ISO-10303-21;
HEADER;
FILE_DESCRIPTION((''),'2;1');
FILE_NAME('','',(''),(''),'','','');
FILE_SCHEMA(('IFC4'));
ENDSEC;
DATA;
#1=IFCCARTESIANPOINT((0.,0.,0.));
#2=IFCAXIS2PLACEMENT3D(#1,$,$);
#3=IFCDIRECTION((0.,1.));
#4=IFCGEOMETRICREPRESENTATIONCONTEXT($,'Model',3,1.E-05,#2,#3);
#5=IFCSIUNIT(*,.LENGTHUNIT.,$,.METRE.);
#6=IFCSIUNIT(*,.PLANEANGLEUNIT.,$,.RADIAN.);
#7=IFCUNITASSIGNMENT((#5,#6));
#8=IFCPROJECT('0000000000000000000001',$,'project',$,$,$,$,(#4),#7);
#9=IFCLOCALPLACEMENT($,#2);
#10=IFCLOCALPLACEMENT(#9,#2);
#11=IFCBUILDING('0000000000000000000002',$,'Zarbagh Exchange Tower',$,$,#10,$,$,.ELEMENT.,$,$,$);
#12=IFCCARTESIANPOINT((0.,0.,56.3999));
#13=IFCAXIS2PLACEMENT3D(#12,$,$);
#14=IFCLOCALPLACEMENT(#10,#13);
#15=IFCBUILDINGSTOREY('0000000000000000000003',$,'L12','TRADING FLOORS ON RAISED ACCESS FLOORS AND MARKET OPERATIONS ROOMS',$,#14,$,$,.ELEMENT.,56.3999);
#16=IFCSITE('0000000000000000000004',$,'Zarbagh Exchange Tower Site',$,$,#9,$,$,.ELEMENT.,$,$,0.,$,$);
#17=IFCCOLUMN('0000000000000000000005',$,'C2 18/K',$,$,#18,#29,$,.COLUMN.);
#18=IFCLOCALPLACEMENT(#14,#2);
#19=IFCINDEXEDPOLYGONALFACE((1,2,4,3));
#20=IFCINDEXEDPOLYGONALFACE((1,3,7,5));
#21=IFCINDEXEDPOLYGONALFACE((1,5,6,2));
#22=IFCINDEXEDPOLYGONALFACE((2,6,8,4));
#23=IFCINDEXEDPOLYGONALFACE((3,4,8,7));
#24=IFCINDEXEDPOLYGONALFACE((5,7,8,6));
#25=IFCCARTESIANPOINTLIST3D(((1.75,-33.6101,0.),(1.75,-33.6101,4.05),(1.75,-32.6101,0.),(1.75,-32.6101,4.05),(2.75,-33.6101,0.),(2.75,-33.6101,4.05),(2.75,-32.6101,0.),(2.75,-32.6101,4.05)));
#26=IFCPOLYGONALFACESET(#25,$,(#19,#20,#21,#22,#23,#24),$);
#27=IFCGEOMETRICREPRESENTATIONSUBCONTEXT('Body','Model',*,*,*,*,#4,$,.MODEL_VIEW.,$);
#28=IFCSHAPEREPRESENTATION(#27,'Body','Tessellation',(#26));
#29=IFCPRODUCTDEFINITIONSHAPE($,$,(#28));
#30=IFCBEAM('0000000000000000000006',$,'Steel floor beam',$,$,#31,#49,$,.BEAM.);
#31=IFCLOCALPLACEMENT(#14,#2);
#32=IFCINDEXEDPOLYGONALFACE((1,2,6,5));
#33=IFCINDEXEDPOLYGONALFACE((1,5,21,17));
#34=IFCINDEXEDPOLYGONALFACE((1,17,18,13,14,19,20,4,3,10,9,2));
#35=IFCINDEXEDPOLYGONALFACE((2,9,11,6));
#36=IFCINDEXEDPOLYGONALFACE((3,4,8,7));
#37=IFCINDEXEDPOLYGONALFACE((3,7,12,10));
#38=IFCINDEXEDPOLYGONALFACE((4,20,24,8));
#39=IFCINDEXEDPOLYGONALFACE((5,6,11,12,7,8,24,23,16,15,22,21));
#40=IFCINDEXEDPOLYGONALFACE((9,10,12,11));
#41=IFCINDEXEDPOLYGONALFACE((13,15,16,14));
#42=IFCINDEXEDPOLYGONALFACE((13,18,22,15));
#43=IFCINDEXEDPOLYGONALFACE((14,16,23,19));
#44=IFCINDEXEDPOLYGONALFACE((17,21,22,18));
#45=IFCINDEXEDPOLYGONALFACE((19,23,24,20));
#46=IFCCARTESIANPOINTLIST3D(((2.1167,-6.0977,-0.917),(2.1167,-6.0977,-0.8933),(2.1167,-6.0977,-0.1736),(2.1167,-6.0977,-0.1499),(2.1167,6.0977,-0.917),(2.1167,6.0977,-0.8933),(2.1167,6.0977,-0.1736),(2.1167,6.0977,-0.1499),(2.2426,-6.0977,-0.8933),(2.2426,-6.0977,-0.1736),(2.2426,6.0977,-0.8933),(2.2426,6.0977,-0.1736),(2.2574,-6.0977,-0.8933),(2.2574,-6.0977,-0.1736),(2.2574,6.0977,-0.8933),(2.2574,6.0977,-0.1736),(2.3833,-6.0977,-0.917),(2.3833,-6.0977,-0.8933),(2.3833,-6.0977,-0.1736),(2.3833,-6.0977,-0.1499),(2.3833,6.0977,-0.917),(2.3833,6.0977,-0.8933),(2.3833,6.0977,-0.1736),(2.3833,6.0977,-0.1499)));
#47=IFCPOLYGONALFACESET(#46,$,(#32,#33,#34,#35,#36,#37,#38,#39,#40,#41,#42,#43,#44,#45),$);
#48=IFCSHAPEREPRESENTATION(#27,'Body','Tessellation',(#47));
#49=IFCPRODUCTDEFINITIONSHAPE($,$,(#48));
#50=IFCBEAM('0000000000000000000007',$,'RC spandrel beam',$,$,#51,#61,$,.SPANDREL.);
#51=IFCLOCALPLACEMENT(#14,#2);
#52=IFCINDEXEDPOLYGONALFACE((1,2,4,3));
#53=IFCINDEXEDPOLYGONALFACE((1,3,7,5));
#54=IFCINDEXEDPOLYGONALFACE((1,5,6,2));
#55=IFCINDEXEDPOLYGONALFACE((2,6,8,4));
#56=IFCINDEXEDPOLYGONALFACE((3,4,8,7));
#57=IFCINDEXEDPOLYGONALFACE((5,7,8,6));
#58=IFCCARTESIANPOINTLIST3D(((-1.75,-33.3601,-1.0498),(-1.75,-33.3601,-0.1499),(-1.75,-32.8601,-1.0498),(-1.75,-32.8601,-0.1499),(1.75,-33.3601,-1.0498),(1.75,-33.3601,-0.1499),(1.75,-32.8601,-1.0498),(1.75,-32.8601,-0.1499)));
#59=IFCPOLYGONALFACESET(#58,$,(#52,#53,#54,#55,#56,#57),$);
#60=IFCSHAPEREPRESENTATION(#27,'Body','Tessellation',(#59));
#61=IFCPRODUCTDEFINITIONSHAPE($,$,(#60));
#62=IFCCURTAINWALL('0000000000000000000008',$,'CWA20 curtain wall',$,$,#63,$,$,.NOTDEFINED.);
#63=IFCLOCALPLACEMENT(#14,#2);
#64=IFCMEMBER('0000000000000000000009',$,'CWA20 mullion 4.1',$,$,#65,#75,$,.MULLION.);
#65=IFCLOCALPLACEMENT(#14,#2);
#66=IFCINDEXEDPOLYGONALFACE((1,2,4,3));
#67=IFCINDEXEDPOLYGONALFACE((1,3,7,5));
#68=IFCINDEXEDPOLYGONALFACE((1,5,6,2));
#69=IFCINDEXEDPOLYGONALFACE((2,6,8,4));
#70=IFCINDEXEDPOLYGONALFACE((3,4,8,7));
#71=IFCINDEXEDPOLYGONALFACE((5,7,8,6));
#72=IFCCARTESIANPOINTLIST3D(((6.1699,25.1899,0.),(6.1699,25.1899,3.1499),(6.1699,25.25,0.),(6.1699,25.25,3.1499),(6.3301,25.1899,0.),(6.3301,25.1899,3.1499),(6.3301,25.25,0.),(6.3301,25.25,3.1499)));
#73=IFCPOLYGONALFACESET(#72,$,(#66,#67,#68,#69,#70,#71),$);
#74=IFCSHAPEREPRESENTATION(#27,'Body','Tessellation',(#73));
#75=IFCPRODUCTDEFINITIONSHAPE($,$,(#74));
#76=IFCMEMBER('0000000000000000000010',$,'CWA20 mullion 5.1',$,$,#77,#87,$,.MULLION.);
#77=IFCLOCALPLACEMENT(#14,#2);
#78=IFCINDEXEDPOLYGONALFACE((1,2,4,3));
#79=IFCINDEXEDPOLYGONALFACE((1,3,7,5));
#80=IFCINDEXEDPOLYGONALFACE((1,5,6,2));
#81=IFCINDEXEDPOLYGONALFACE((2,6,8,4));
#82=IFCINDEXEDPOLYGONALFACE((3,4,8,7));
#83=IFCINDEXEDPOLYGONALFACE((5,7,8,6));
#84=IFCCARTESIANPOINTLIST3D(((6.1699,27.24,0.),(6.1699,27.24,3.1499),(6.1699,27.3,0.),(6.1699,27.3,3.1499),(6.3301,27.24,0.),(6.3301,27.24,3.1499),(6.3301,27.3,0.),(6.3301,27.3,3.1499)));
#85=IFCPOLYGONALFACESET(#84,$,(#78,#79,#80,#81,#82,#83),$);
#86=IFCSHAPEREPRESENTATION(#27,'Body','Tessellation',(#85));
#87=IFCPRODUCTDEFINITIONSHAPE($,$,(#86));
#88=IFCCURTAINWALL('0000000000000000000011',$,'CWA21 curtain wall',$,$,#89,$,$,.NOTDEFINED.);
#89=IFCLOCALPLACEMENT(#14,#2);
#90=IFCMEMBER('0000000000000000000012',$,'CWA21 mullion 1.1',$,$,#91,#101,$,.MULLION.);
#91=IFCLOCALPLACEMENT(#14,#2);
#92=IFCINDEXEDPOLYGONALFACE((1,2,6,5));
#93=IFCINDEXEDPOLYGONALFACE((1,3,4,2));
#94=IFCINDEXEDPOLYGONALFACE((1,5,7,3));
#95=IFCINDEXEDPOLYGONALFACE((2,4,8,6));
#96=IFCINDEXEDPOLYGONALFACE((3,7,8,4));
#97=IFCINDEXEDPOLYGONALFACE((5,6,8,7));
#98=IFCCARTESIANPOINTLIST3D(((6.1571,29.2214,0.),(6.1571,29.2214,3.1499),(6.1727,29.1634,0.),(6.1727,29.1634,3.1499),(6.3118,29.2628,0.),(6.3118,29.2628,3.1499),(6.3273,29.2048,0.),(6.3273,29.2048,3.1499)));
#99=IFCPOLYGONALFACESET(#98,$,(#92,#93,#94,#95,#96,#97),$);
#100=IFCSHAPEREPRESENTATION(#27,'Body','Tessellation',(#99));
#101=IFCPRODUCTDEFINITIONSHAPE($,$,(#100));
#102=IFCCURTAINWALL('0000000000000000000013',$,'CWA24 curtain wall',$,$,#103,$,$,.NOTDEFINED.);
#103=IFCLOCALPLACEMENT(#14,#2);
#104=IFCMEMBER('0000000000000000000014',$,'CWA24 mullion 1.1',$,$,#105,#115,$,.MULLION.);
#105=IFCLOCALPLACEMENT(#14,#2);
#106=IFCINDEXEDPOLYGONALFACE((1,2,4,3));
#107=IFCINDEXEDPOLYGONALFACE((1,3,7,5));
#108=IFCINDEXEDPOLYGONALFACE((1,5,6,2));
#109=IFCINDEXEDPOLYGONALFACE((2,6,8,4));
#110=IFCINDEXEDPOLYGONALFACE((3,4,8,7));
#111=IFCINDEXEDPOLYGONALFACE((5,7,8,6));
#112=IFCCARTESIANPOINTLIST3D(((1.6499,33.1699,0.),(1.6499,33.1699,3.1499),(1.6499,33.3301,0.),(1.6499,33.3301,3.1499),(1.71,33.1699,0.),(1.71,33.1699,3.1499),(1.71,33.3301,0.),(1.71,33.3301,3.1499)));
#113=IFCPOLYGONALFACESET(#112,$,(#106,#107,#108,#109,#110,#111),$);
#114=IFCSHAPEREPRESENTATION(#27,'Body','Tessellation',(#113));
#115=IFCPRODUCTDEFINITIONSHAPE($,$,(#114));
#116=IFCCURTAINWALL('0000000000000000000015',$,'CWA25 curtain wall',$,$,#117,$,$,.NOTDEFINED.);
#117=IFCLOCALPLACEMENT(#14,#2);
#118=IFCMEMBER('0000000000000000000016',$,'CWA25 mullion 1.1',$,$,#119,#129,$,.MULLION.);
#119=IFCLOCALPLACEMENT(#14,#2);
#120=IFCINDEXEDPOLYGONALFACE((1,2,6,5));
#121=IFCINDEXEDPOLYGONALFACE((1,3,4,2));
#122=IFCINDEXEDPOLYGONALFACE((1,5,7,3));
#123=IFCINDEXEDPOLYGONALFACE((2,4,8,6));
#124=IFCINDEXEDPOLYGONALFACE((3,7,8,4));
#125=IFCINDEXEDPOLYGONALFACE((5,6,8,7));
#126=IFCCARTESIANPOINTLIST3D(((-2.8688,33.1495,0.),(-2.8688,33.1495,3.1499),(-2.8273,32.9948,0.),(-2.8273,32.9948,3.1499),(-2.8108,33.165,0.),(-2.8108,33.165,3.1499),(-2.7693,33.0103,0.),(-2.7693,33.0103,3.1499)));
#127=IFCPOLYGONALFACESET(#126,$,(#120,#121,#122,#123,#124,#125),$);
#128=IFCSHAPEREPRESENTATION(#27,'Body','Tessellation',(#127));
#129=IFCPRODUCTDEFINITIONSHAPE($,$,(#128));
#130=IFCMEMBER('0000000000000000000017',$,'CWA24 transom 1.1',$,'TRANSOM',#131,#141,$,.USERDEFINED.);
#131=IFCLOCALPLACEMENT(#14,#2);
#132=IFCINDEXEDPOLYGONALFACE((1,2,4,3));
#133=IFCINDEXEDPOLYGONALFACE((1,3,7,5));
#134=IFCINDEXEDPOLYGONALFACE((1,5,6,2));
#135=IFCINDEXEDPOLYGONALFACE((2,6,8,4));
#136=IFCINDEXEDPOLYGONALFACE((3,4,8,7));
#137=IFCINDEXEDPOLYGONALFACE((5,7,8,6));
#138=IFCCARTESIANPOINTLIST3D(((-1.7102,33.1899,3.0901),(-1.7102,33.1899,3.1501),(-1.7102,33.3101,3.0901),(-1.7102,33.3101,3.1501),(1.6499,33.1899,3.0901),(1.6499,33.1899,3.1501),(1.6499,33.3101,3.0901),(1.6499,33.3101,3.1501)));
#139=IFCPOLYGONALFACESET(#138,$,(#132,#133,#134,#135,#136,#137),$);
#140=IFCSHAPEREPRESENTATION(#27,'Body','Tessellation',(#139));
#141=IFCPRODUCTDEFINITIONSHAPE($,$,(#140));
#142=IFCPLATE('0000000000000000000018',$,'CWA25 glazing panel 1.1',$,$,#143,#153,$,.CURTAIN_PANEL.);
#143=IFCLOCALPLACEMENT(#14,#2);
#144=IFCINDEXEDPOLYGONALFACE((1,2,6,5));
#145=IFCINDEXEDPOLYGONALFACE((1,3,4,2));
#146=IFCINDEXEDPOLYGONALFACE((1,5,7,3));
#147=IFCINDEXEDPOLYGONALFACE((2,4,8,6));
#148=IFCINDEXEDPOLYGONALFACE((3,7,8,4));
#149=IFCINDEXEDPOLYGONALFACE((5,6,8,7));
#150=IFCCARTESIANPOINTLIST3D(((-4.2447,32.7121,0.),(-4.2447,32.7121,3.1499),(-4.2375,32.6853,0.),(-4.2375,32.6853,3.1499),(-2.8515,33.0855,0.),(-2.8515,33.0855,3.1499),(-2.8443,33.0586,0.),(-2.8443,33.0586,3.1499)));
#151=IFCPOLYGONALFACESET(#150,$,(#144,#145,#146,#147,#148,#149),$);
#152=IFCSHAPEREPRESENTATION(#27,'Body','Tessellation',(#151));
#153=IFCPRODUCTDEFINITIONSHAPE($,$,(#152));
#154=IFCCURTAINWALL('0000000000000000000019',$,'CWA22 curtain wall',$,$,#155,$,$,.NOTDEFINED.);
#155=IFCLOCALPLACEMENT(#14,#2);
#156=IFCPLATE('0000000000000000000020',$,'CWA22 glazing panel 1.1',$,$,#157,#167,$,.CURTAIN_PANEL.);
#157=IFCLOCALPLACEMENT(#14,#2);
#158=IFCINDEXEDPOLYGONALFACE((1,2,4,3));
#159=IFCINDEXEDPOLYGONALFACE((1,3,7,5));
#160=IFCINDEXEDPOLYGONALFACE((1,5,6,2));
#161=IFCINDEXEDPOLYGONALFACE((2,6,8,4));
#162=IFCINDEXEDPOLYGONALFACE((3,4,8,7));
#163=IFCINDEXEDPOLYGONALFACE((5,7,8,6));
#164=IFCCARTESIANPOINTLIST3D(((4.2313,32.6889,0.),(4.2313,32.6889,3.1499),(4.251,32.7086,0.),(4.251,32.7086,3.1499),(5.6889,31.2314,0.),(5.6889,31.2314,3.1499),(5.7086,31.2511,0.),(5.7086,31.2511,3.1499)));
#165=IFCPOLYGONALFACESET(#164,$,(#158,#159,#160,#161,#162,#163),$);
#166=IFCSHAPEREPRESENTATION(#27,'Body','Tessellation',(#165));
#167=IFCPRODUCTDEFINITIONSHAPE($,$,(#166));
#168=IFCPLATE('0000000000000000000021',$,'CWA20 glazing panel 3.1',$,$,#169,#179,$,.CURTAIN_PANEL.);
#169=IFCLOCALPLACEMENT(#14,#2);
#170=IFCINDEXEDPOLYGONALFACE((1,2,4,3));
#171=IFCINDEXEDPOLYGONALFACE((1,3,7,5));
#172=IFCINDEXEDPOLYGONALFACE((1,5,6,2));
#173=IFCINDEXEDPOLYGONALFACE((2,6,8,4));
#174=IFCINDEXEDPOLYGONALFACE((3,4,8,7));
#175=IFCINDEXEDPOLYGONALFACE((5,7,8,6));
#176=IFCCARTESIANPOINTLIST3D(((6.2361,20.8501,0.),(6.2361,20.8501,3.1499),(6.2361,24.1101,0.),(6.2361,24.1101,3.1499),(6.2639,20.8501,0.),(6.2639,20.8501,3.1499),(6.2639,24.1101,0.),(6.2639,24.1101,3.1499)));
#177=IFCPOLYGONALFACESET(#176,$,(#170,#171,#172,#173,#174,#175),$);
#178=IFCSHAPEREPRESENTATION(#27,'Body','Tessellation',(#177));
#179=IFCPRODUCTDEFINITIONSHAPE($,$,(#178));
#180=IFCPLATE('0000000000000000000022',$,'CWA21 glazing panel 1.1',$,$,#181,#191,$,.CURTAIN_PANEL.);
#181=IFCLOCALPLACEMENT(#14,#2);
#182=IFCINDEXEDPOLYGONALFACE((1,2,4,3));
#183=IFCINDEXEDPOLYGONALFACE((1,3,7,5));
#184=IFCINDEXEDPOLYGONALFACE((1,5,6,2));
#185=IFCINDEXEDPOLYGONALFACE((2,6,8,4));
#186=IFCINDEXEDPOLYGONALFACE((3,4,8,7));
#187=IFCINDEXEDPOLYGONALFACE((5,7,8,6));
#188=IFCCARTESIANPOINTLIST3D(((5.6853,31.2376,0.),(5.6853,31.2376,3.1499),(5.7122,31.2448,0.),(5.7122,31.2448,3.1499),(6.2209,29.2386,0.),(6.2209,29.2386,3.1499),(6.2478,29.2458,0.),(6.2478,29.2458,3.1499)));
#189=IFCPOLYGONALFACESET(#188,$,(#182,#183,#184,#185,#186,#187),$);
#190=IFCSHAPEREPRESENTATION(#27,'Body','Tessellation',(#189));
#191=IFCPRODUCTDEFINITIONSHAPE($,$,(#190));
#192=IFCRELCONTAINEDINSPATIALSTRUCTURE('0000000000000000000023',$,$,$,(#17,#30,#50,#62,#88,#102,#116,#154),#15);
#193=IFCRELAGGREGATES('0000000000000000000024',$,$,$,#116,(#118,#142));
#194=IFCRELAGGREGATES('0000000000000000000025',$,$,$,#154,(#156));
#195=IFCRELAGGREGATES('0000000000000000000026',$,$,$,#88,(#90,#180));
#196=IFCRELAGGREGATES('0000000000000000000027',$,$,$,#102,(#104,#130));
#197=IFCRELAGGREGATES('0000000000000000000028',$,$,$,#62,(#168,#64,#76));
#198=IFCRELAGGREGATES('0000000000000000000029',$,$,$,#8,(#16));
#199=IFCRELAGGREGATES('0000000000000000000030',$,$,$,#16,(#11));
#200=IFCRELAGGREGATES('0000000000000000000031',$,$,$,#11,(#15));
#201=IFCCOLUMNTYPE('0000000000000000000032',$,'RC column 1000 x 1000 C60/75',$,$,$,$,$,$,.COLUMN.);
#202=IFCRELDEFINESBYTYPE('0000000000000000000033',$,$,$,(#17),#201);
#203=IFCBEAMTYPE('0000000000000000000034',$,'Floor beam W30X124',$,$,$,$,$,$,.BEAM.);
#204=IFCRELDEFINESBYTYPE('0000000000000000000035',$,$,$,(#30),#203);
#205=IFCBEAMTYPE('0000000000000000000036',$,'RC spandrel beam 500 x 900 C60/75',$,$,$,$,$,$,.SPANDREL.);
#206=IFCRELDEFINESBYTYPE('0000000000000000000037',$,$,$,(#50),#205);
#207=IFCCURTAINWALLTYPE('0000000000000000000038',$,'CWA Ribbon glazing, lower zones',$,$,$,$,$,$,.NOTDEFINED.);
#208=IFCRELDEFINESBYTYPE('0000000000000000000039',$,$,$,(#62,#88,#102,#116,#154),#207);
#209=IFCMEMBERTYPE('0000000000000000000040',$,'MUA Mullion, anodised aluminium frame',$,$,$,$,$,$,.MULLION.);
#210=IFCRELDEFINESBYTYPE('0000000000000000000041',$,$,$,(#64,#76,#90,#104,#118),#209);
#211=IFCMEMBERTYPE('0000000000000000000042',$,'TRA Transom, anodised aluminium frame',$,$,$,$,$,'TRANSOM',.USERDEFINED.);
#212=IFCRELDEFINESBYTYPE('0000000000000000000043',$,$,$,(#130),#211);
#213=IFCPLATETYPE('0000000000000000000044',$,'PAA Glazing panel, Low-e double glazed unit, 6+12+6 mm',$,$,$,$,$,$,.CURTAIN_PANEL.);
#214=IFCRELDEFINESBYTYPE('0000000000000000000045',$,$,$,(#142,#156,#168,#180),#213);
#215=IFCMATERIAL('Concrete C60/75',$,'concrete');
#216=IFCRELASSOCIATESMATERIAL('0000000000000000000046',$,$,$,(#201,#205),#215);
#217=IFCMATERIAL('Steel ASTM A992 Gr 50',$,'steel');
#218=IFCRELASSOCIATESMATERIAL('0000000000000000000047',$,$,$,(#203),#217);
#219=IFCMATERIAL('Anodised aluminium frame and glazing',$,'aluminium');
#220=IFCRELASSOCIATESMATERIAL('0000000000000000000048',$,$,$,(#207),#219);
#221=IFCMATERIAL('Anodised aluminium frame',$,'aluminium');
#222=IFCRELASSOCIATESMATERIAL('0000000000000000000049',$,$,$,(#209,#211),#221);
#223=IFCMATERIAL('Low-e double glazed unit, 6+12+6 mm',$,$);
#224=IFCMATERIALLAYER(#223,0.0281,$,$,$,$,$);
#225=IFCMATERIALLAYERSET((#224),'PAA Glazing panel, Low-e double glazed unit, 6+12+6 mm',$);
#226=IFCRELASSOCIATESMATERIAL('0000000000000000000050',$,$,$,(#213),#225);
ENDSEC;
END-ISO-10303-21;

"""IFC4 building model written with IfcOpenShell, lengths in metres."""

from ifc_helpers import new_model, si_unit, direction, frame, origin, origin_2d, place, context, subcontext, project, spatial, polyline, rectangle, i_section, outline, extrude, source, transform, mapped, material, layer, layer_set, material_profile, profile_set, type_object, element, aggregate, save


model = new_model("IFC4")

# Units and contexts
model_context = context("Model", 3, precision=1e-05, world=origin(), true_north=direction((0.0, 1.0)))
body_context = subcontext(model_context, "Body", "Model", "MODEL_VIEW")
ifc_project = project(units=[si_unit("LENGTHUNIT", "METRE"), si_unit("PLANEANGLEUNIT", "RADIAN")], contexts=[model_context])

# Site, building, storey
site_placement = place(None, origin())
site = spatial("IfcSite", under=ifc_project, at=site_placement, Name="Zarbagh Exchange Tower Site", CompositionType="ELEMENT", RefElevation=0.0)
building_placement = place(site_placement, origin())
building = spatial("IfcBuilding", under=site, at=building_placement, Name="Zarbagh Exchange Tower", CompositionType="ELEMENT")
storey_placement = place(building_placement, frame((0.0, 0.0, 56.3999)))
storey = spatial("IfcBuildingStorey", under=building, at=storey_placement, Name="L12", Description="TRADING FLOORS ON RAISED ACCESS FLOORS AND MARKET OPERATIONS ROOMS", CompositionType="ELEMENT", Elevation=56.3999)

# Column
ifc_material_1 = material(Name="Concrete C60/75", Category="concrete")
ifc_material_profile_1 = material_profile(ifc_material_1, rectangle(XDim=1.0, YDim=1.0, at=origin_2d()), Name="RC column 1000 x 1000 C60/75")
ifc_profile_set_1 = profile_set([ifc_material_profile_1], Name="Concrete C60/75")
column_type = type_object("IfcColumnType", Name="RC column 1000 x 1000 C60/75", PredefinedType="COLUMN", material=ifc_profile_set_1)
column_placement = place(storey_placement, frame((2.25, -33.1101, 0.0), z_axis=(0.0, 0.0, 1.0), x_axis=(1.0, 0.0, 0.0)))
element("IfcColumn", 1, at=column_placement, inside=storey, type_object=column_type, Name="C2 18/K", PredefinedType="COLUMN", context=body_context, shape_type="SweptSolid", body=[
    extrude(rectangle(XDim=1.0, YDim=1.0, at=origin_2d()), origin(), (0.0, 0.0, 1.0), 4.05),
])

# Beams
ifc_material_2 = material(Name="Steel ASTM A992 Gr 50", Category="steel")
ifc_material_profile_2 = material_profile(ifc_material_2, i_section(OverallWidth=0.2666, OverallDepth=0.7671, WebThickness=0.0149, FlangeThickness=0.0237, at=origin_2d()), Name="W30X124")
ifc_profile_set_2 = profile_set([ifc_material_profile_2], Name="Steel ASTM A992 Gr 50")
beam_type_1 = type_object("IfcBeamType", Name="Floor beam W30X124", PredefinedType="BEAM", material=ifc_profile_set_2)
beam_1_placement = place(storey_placement, frame((2.25, -6.0977, -0.5334), z_axis=(0.0, 1.0, 0.0), x_axis=(-1.0, 0.0, 0.0)))
element("IfcBeam", 2, at=beam_1_placement, inside=storey, type_object=beam_type_1, Name="Steel floor beam", PredefinedType="BEAM", context=body_context, shape_type="SweptSolid", body=[
    extrude(i_section(OverallWidth=0.2666, OverallDepth=0.7671, WebThickness=0.0149, FlangeThickness=0.0237, at=origin_2d()), origin(), (0.0, 0.0, 1.0), 12.1953),
])
ifc_material_profile_3 = material_profile(ifc_material_1, rectangle(XDim=0.5, YDim=0.8999, at=origin_2d()), Name="RC spandrel beam 500 x 900 C60/75")
ifc_profile_set_3 = profile_set([ifc_material_profile_3], Name="Concrete C60/75")
beam_type_2 = type_object("IfcBeamType", Name="RC spandrel beam 500 x 900 C60/75", PredefinedType="SPANDREL", material=ifc_profile_set_3)
beam_2_placement = place(storey_placement, frame((1.75, -33.1101, -0.5999), z_axis=(-1.0, 0.0, 0.0), x_axis=(0.0, -1.0, 0.0)))
element("IfcBeam", 3, at=beam_2_placement, inside=storey, type_object=beam_type_2, Name="RC spandrel beam", PredefinedType="SPANDREL", context=body_context, shape_type="SweptSolid", body=[
    extrude(rectangle(XDim=0.5, YDim=0.8999, at=origin_2d()), origin(), (0.0, 0.0, 1.0), 3.5),
])

# Curtain wall, members
ifc_material_3 = material(Name="Anodised aluminium frame and glazing", Category="aluminium")
curtain_wall_type = type_object("IfcCurtainWallType", Name="CWA Ribbon glazing, lower zones", PredefinedType="NOTDEFINED", material=ifc_material_3)
curtain_wall_1_placement = place(storey_placement, origin())
curtain_wall_1 = element("IfcCurtainWall", 4, at=curtain_wall_1_placement, inside=storey, type_object=curtain_wall_type, Name="CWA20 curtain wall", PredefinedType="NOTDEFINED")
ifc_material_4 = material(Name="Anodised aluminium frame", Category="aluminium")
member_type_1 = type_object("IfcMemberType", Name="MUA Mullion, anodised aluminium frame", PredefinedType="MULLION", material=ifc_material_4)
shared_shape_1 = source(origin(), body_context, "Body", "SweptSolid", [
    extrude(outline(polyline([(0.0, -0.0801), (0.0601, -0.0801), (0.0601, 0.0801), (0.0, 0.0801), (0.0, -0.0801)])), origin(), (0.0, 0.0, 1.0), 3.1499),
])
placement = place(storey_placement, origin())
member_1 = element("IfcMember", 5, at=placement, type_object=member_type_1, Name="CWA20 mullion 4.1", PredefinedType="MULLION", context=body_context, shape_type="MappedRepresentation", body=[
    mapped(shared_shape_1, transform((6.25, 25.1899, 0.0), x_axis=(0.0, 1.0, 0.0), y_axis=(-1.0, 0.0, 0.0), z_axis=(0.0, 0.0, 1.0))),
])
member_2 = element("IfcMember", 6, at=placement, type_object=member_type_1, Name="CWA20 mullion 5.1", PredefinedType="MULLION", context=body_context, shape_type="MappedRepresentation", body=[
    mapped(shared_shape_1, transform((6.25, 27.24, 0.0), x_axis=(0.0, 1.0, 0.0), y_axis=(-1.0, 0.0, 0.0), z_axis=(0.0, 0.0, 1.0))),
])

# Curtain walls, members
curtain_wall_2_placement = place(storey_placement, origin())
curtain_wall_2 = element("IfcCurtainWall", 7, at=curtain_wall_2_placement, inside=storey, type_object=curtain_wall_type, Name="CWA21 curtain wall", PredefinedType="NOTDEFINED")
member_3 = element("IfcMember", 8, at=placement, type_object=member_type_1, Name="CWA21 mullion 1.1", PredefinedType="MULLION", context=body_context, shape_type="MappedRepresentation", body=[
    mapped(shared_shape_1, transform((6.25, 29.1841, 0.0), x_axis=(-0.258825, 0.965924, 0.0), y_axis=(-0.965924, -0.258825, 0.0), z_axis=(0.0, 0.0, 1.0))),
])
curtain_wall_3_placement = place(storey_placement, origin())
curtain_wall_3 = element("IfcCurtainWall", 9, at=curtain_wall_3_placement, inside=storey, type_object=curtain_wall_type, Name="CWA24 curtain wall", PredefinedType="NOTDEFINED")
member_4 = element("IfcMember", 10, at=placement, type_object=member_type_1, Name="CWA24 mullion 1.1", PredefinedType="MULLION", context=body_context, shape_type="MappedRepresentation", body=[
    mapped(shared_shape_1, transform((1.71, 33.25, 0.0), x_axis=(-1.0, 0.0, 0.0), y_axis=(0.0, -1.0, 0.0), z_axis=(0.0, 0.0, 1.0))),
])
curtain_wall_4_placement = place(storey_placement, origin())
curtain_wall_4 = element("IfcCurtainWall", 11, at=curtain_wall_4_placement, inside=storey, type_object=curtain_wall_type, Name="CWA25 curtain wall", PredefinedType="NOTDEFINED")
member_5 = element("IfcMember", 12, at=placement, type_object=member_type_1, Name="CWA25 mullion 1.1", PredefinedType="MULLION", context=body_context, shape_type="MappedRepresentation", body=[
    mapped(shared_shape_1, transform((-2.79, 33.0876, 0.0), x_axis=(-0.965924, -0.258825, 0.0), y_axis=(0.258825, -0.965924, 0.0), z_axis=(0.0, 0.0, 1.0))),
])

# Member
member_type_2 = type_object("IfcMemberType", Name="TRA Transom, anodised aluminium frame", ElementType="TRANSOM", PredefinedType="USERDEFINED", material=ifc_material_4)
shared_shape_2 = source(origin(), body_context, "Body", "SweptSolid", [
    extrude(outline(polyline([(-0.0601, -0.0601), (0.0, -0.0601), (0.0, 0.0601), (-0.0601, 0.0601), (-0.0601, -0.0601)])), origin(), (0.0, 0.0, 1.0), 3.3601),
])
member_6 = element("IfcMember", 13, at=placement, type_object=member_type_2, Name="CWA24 transom 1.1", ObjectType="TRANSOM", PredefinedType="USERDEFINED", context=body_context, shape_type="MappedRepresentation", body=[
    mapped(shared_shape_2, transform((1.6499, 33.25, 3.1501), x_axis=(0.0, 0.0, 1.0), y_axis=(0.0, 1.0, 0.0), z_axis=(-1.0, 0.0, 0.0))),
])

# Plate
ifc_material_5 = material(Name="Low-e double glazed unit, 6+12+6 mm")
ifc_layer_1 = layer(ifc_material_5, 0.0281)
ifc_layer_set_1 = layer_set([ifc_layer_1], Name="PAA Glazing panel, Low-e double glazed unit, 6+12+6 mm")
plate_type = type_object("IfcPlateType", Name="PAA Glazing panel, Low-e double glazed unit, 6+12+6 mm", PredefinedType="CURTAIN_PANEL", material=ifc_layer_set_1)
shared_shape_3 = source(origin(), body_context, "Body", "SweptSolid", [
    extrude(outline(polyline([(0.0, -0.0139), (1.4424, -0.0139), (1.4424, 0.0139), (0.0, 0.0139), (0.0, -0.0139)])), origin(), (0.0, 0.0, 1.0), 3.1499),
])
plate_1 = element("IfcPlate", 14, at=placement, type_object=plate_type, Name="CWA25 glazing panel 1.1", PredefinedType="CURTAIN_PANEL", context=body_context, shape_type="MappedRepresentation", body=[
    mapped(shared_shape_3, transform((-2.8479, 33.072, 0.0), x_axis=(-0.965924, -0.258825, 0.0), y_axis=(0.258825, -0.965924, 0.0), z_axis=(0.0, 0.0, 1.0))),
])
aggregate(curtain_wall_4, [member_5, plate_1])

# Curtain wall, plate
curtain_wall_5_placement = place(storey_placement, origin())
curtain_wall_5 = element("IfcCurtainWall", 15, at=curtain_wall_5_placement, inside=storey, type_object=curtain_wall_type, Name="CWA22 curtain wall", PredefinedType="NOTDEFINED")
shared_shape_4 = source(origin(), body_context, "Body", "SweptSolid", [
    extrude(outline(polyline([(0.0, -0.0139), (2.0613, -0.0139), (2.0613, 0.0139), (0.0, 0.0139), (0.0, -0.0139)])), origin(), (0.0, 0.0, 1.0), 3.1499),
])
plate_2 = element("IfcPlate", 16, at=placement, type_object=plate_type, Name="CWA22 glazing panel 1.1", PredefinedType="CURTAIN_PANEL", context=body_context, shape_type="MappedRepresentation", body=[
    mapped(shared_shape_4, transform((5.6987, 31.2412, 0.0), x_axis=(-0.707107, 0.707107, 0.0), y_axis=(-0.707107, -0.707107, 0.0), z_axis=(0.0, 0.0, 1.0))),
])
aggregate(curtain_wall_5, [plate_2])

# Plates
shared_shape_5 = source(origin(), body_context, "Body", "SweptSolid", [
    extrude(outline(polyline([(0.0, -0.0139), (3.26, -0.0139), (3.26, 0.0139), (0.0, 0.0139), (0.0, -0.0139)])), origin(), (0.0, 0.0, 1.0), 3.1499),
])
plate_3 = element("IfcPlate", 17, at=placement, type_object=plate_type, Name="CWA20 glazing panel 3.1", PredefinedType="CURTAIN_PANEL", context=body_context, shape_type="MappedRepresentation", body=[
    mapped(shared_shape_5, transform((6.25, 20.8501, 0.0), x_axis=(0.0, 1.0, 0.0), y_axis=(-1.0, 0.0, 0.0), z_axis=(0.0, 0.0, 1.0))),
])
shared_shape_6 = source(origin(), body_context, "Body", "SweptSolid", [
    extrude(outline(polyline([(0.0, -0.0139), (2.0696, -0.0139), (2.0696, 0.0139), (0.0, 0.0139), (0.0, -0.0139)])), origin(), (0.0, 0.0, 1.0), 3.1499),
])
plate_4 = element("IfcPlate", 18, at=placement, type_object=plate_type, Name="CWA21 glazing panel 1.1", PredefinedType="CURTAIN_PANEL", context=body_context, shape_type="MappedRepresentation", body=[
    mapped(shared_shape_6, transform((6.2344, 29.2422, 0.0), x_axis=(-0.258825, 0.965924, 0.0), y_axis=(-0.965924, -0.258825, 0.0), z_axis=(0.0, 0.0, 1.0))),
])
aggregate(curtain_wall_2, [member_3, plate_4])

aggregate(curtain_wall_3, [member_4, member_6])
aggregate(curtain_wall_1, [plate_3, member_1, member_2])

save(model, "model.ifc")
